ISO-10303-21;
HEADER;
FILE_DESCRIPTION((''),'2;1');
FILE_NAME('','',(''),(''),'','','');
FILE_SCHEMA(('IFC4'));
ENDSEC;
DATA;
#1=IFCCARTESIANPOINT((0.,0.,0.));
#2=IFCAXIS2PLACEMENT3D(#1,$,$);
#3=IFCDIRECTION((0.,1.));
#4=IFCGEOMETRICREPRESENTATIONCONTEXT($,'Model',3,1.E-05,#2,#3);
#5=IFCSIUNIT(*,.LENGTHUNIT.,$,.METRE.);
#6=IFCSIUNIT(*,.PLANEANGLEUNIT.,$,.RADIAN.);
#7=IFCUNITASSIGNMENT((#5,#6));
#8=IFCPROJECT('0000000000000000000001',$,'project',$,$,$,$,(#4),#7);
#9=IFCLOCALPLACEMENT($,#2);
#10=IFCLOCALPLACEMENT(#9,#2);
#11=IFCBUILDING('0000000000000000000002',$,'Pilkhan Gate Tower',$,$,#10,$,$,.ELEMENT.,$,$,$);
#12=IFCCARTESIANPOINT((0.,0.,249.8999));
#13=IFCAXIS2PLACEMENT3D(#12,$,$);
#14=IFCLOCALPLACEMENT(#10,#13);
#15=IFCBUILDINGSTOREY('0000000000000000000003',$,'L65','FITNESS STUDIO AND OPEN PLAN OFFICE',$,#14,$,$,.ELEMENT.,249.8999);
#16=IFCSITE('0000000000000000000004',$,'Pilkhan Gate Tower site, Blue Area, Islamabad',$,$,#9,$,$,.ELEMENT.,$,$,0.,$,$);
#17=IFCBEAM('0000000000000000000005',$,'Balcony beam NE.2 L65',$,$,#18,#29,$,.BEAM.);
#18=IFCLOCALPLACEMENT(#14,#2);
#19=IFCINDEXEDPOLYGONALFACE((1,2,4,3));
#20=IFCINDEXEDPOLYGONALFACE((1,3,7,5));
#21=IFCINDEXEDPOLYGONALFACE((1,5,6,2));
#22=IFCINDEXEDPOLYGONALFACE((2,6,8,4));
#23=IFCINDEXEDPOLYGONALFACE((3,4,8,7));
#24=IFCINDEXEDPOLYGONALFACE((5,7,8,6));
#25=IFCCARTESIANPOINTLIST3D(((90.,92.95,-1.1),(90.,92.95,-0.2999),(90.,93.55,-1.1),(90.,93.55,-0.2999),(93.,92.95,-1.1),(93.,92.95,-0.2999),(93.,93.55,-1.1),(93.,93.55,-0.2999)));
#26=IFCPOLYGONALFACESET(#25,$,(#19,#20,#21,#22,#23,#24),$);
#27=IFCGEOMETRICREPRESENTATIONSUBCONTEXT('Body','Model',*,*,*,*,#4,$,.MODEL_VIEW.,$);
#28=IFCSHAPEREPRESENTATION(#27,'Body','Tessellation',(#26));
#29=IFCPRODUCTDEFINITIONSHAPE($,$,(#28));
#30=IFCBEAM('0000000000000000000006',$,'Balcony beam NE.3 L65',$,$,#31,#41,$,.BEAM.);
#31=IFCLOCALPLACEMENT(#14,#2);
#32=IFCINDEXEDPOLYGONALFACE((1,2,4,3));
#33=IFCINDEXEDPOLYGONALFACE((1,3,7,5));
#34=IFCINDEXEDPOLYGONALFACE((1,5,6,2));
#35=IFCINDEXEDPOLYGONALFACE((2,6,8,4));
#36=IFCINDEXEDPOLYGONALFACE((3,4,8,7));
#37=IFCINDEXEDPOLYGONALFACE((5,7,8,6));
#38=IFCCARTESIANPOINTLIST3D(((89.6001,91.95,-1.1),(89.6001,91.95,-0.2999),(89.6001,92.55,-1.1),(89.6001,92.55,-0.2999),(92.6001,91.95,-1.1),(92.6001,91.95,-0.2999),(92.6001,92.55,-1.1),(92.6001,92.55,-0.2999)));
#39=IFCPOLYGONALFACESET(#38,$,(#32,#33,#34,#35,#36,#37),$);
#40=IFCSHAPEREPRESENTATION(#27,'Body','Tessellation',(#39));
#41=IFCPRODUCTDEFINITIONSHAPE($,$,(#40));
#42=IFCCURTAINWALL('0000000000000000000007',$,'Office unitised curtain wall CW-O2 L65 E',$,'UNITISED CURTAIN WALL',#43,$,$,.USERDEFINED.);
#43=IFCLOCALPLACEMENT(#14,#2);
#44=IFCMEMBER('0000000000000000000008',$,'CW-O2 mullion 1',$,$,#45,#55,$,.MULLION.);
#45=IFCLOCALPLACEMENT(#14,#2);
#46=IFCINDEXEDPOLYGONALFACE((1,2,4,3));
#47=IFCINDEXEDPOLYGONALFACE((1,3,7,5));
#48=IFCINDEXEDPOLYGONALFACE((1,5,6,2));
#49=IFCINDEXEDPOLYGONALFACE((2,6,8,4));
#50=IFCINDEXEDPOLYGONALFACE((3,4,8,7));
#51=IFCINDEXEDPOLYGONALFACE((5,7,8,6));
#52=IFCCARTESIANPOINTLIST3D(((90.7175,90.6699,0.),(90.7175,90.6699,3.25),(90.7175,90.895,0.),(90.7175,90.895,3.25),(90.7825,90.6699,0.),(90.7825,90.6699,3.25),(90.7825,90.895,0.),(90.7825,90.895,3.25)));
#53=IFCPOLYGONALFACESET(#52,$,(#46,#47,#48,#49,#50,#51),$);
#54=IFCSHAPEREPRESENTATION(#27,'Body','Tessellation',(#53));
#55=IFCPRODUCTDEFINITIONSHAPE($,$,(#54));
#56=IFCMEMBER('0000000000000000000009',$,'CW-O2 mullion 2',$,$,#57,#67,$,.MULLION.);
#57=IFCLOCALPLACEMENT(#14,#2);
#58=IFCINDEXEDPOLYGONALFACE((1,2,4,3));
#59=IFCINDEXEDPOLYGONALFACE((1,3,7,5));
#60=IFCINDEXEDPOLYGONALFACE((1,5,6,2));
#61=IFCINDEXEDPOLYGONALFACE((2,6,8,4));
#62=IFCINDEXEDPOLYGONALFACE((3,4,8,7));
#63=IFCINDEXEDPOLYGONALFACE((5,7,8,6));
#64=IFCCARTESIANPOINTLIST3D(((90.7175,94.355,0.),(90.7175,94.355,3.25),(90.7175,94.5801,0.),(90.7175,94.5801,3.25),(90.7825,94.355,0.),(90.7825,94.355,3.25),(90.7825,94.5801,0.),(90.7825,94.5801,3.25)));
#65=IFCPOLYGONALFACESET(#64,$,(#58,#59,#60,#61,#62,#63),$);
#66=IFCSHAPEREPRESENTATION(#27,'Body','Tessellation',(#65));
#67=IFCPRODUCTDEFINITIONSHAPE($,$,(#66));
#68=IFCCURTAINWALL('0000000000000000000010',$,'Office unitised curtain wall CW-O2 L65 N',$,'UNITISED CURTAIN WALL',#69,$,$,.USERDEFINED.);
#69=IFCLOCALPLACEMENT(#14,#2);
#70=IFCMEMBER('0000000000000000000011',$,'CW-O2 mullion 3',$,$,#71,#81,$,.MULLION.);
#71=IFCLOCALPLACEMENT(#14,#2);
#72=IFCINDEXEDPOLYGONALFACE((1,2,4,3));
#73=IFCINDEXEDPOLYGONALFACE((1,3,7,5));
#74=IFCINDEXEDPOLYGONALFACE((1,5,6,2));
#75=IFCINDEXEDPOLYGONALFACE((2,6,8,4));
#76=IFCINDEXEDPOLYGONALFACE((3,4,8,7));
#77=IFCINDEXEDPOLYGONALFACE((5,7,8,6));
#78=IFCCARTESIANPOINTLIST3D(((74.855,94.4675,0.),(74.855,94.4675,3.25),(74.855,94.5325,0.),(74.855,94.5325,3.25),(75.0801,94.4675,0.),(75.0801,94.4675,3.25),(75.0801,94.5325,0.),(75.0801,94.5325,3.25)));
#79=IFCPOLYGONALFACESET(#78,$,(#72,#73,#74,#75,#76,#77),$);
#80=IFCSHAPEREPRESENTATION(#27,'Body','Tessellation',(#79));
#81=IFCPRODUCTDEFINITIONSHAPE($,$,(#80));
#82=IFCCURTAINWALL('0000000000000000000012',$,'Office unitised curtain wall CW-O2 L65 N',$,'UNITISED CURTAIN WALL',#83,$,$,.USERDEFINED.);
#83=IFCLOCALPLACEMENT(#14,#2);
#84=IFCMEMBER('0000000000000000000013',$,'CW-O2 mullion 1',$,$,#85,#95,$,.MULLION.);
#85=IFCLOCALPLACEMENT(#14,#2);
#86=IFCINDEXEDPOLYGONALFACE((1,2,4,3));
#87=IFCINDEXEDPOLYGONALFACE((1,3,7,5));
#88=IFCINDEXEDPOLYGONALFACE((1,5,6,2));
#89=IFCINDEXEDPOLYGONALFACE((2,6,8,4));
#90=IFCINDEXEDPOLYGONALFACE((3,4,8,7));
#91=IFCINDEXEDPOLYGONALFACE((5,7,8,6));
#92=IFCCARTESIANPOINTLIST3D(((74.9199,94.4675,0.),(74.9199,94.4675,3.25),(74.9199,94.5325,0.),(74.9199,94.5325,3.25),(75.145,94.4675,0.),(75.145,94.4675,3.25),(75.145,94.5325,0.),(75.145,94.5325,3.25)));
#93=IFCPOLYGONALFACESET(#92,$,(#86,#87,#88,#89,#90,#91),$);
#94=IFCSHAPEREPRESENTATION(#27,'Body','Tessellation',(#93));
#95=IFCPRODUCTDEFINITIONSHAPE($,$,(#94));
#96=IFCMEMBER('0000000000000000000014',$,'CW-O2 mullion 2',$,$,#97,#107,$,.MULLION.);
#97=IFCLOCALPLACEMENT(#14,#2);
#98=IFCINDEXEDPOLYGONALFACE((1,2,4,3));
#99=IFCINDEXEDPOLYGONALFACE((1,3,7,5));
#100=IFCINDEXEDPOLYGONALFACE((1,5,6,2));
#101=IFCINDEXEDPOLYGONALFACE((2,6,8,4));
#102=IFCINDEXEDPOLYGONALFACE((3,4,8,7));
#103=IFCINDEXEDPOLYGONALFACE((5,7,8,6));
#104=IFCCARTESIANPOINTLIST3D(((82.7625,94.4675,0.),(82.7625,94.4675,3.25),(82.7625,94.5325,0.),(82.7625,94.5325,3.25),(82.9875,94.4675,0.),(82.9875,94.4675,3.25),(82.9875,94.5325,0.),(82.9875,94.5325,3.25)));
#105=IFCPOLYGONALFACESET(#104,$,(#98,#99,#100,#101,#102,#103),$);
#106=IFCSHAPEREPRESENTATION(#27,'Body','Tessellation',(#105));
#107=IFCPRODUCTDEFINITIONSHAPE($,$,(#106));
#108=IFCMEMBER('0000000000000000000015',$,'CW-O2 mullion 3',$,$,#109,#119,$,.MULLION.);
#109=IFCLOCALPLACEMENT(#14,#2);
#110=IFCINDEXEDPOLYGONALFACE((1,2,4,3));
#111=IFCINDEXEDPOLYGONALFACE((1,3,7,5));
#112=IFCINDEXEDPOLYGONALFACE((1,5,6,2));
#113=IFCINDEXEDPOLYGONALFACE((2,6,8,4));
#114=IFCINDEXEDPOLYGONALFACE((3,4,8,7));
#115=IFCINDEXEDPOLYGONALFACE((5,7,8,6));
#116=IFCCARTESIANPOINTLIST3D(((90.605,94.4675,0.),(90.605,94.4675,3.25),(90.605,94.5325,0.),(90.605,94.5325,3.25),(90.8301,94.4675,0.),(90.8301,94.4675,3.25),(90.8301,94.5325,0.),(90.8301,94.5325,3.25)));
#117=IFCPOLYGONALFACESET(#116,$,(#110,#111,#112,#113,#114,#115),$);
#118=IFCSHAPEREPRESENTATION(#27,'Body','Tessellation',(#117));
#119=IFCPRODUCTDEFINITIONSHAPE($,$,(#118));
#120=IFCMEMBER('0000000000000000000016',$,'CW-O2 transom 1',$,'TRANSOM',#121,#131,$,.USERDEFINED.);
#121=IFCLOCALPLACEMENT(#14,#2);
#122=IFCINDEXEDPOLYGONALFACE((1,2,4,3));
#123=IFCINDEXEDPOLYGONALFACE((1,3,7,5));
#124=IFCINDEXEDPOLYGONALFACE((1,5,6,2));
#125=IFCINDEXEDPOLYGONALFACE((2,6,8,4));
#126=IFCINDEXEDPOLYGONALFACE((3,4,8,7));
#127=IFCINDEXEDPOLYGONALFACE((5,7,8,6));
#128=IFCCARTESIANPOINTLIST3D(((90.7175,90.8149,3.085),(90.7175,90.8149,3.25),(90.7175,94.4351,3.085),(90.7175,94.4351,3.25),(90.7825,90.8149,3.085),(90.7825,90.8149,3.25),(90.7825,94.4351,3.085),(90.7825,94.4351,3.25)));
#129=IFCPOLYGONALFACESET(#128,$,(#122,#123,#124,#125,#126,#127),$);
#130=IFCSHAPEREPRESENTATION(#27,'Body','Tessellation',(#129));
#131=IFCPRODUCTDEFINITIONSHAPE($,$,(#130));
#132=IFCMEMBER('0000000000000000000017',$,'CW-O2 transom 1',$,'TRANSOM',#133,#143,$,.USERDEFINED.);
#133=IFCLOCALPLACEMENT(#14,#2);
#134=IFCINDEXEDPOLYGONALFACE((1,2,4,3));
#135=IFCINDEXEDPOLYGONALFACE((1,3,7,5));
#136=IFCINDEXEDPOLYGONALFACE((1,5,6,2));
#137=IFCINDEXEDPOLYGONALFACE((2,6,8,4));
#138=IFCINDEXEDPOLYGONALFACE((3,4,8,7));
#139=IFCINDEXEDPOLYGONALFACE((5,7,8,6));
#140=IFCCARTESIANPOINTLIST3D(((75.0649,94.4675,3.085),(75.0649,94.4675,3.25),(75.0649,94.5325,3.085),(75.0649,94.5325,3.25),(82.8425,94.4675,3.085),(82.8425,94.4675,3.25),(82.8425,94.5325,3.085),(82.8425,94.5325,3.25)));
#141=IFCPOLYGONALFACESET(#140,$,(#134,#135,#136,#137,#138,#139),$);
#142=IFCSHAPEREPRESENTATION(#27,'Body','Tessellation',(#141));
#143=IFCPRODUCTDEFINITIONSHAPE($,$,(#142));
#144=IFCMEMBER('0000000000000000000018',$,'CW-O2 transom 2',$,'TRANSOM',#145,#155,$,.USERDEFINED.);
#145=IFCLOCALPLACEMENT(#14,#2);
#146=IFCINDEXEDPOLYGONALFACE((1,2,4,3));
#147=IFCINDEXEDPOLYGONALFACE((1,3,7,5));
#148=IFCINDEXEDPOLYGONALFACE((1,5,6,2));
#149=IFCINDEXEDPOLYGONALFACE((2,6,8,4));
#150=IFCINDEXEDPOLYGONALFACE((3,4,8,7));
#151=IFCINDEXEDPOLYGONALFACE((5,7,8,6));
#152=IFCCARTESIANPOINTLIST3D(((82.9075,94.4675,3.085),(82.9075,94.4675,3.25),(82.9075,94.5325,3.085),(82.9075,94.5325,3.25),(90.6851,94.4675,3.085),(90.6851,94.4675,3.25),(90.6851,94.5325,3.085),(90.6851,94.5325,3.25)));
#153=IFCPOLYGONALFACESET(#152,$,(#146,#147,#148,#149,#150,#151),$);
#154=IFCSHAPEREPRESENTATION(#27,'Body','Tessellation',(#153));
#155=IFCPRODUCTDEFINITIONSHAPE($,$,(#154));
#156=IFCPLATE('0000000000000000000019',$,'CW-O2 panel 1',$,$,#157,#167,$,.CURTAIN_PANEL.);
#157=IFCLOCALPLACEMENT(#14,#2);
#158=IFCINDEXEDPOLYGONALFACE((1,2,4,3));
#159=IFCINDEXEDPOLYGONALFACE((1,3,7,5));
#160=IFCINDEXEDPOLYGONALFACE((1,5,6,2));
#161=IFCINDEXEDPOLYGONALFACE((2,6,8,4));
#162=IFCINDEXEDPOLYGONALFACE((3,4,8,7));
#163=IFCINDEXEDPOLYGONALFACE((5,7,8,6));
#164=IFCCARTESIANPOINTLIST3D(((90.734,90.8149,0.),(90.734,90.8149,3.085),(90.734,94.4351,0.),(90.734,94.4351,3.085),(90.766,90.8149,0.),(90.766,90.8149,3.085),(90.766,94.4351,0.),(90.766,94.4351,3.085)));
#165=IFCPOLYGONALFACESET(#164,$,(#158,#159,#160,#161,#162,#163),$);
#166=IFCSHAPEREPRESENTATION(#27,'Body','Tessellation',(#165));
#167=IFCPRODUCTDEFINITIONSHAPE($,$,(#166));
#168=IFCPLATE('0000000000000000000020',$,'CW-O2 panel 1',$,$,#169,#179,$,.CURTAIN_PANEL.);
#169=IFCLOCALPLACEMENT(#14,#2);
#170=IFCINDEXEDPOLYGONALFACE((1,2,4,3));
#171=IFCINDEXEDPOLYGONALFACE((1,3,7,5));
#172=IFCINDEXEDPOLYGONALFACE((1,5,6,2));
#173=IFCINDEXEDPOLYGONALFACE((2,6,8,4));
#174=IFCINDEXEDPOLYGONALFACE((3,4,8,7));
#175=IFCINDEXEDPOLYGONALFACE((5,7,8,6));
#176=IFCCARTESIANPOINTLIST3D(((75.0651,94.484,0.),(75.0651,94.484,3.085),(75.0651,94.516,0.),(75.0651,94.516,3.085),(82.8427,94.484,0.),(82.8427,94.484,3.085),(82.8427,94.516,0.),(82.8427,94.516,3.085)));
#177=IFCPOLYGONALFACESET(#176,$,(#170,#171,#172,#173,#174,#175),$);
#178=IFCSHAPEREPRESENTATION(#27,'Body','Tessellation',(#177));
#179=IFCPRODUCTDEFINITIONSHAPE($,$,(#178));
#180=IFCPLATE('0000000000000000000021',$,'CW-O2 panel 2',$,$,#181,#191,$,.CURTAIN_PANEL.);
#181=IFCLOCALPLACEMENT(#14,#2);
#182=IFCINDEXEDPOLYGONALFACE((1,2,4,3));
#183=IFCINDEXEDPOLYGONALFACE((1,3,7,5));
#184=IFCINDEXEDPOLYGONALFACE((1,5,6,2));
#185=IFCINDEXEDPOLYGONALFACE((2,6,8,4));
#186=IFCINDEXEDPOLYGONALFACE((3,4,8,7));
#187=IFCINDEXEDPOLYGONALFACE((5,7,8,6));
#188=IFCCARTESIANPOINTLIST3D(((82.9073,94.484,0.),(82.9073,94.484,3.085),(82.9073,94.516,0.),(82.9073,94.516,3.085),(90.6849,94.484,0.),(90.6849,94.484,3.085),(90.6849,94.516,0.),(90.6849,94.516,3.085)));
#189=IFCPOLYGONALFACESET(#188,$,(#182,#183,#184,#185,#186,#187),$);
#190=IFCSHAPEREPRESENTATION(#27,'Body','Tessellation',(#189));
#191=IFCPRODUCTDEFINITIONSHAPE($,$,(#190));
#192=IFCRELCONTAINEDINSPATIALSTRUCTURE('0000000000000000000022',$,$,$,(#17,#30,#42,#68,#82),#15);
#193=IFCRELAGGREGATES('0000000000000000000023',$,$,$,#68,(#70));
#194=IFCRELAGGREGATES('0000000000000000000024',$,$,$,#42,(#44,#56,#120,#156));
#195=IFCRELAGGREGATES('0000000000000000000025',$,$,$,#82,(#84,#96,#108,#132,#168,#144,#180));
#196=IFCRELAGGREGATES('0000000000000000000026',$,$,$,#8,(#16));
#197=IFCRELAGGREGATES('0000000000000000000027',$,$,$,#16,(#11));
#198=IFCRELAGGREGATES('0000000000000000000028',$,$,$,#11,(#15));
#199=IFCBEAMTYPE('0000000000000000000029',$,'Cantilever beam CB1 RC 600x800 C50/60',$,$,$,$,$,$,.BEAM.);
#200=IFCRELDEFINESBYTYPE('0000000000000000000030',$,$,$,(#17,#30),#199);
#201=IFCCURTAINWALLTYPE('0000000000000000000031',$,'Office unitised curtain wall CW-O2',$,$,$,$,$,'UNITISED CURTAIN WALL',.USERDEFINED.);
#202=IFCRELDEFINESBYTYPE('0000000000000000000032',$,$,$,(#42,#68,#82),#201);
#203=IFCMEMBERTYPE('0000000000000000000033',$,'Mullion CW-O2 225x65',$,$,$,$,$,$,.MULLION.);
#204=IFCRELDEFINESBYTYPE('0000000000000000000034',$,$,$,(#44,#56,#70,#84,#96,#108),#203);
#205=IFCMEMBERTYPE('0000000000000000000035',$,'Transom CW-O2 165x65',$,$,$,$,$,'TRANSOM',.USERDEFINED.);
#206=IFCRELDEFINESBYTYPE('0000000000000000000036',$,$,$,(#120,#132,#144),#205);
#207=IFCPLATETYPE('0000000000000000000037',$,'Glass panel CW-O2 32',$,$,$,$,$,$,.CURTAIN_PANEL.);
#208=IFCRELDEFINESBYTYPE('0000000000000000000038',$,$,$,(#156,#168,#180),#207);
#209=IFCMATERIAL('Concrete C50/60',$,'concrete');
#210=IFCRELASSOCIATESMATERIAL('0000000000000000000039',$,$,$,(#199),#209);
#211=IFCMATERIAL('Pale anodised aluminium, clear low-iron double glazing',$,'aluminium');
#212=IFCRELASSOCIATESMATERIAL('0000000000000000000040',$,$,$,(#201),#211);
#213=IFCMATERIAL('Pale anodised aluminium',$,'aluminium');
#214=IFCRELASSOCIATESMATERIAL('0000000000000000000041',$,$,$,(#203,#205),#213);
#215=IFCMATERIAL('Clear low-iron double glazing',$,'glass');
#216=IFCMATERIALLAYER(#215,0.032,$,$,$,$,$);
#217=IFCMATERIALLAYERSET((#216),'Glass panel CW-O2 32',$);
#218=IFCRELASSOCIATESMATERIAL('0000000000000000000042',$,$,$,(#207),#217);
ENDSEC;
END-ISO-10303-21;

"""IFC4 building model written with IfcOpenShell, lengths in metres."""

from ifc_helpers import new_model, si_unit, direction, frame, origin, origin_2d, place, context, subcontext, project, spatial, rectangle, extrude, material, layer, layer_set, material_profile, profile_set, type_object, element, aggregate, save


model = new_model("IFC4")

# Units and contexts
model_context = context("Model", 3, precision=1e-05, world=origin(), true_north=direction((0.0, 1.0)))
body_context = subcontext(model_context, "Body", "Model", "MODEL_VIEW")
ifc_project = project(units=[si_unit("LENGTHUNIT", "METRE"), si_unit("PLANEANGLEUNIT", "RADIAN")], contexts=[model_context])

# Site, building, storey
site_placement = place(None, origin())
site = spatial("IfcSite", under=ifc_project, at=site_placement, Name="Pilkhan Gate Tower site, Blue Area, Islamabad", CompositionType="ELEMENT", RefElevation=0.0)
building_placement = place(site_placement, origin())
building = spatial("IfcBuilding", under=site, at=building_placement, Name="Pilkhan Gate Tower", CompositionType="ELEMENT")
storey_placement = place(building_placement, frame((0.0, 0.0, 249.8999)))
storey = spatial("IfcBuildingStorey", under=building, at=storey_placement, Name="L65", Description="FITNESS STUDIO AND OPEN PLAN OFFICE", CompositionType="ELEMENT", Elevation=249.8999)

# Beams
ifc_material_1 = material(Name="Concrete C50/60", Category="concrete")
ifc_material_profile_1 = material_profile(ifc_material_1, rectangle(XDim=0.6001, YDim=0.8, at=origin_2d()), Name="RC 600x800")
ifc_profile_set_1 = profile_set([ifc_material_profile_1], Name="Concrete C50/60")
beam_type = type_object("IfcBeamType", Name="Cantilever beam CB1 RC 600x800 C50/60", PredefinedType="BEAM", material=ifc_profile_set_1)
for number, where, z_axis, x_axis, name in (
    (1, (90.0, 93.25, -0.7), (1.0, 0.0, 0.0), (0.0, 1.0, 0.0), "Balcony beam NE.2 L65"),
    (2, (89.6001, 92.25, -0.7), (1.0, 0.0, 0.0), (0.0, 1.0, 0.0), "Balcony beam NE.3 L65"),
):
    element("IfcBeam", number, at=place(storey_placement, frame(where, z_axis=z_axis, x_axis=x_axis)), inside=storey, type_object=beam_type, Name=name, PredefinedType="BEAM", context=body_context, shape_type="SweptSolid", body=[
        extrude(rectangle(XDim=0.6001, YDim=0.8, at=origin_2d()), origin(), (0.0, 0.0, 1.0), 3.0),
    ])

# Curtain wall, members
ifc_material_2 = material(Name="Pale anodised aluminium, clear low-iron double glazing", Category="aluminium")
curtain_wall_type = type_object("IfcCurtainWallType", Name="Office unitised curtain wall CW-O2", ElementType="UNITISED CURTAIN WALL", PredefinedType="USERDEFINED", material=ifc_material_2)
curtain_wall_1_placement = place(storey_placement, origin())
curtain_wall_1 = element("IfcCurtainWall", 3, at=curtain_wall_1_placement, inside=storey, type_object=curtain_wall_type, Name="Office unitised curtain wall CW-O2 L65 E", ObjectType="UNITISED CURTAIN WALL", PredefinedType="USERDEFINED")
ifc_material_3 = material(Name="Pale anodised aluminium", Category="aluminium")
ifc_material_profile_2 = material_profile(ifc_material_3, rectangle(XDim=0.0649, YDim=0.2251, at=origin_2d()), Name="Mullion 225x65")
ifc_profile_set_2 = profile_set([ifc_material_profile_2], Name="Pale anodised aluminium")
member_type_1 = type_object("IfcMemberType", Name="Mullion CW-O2 225x65", PredefinedType="MULLION", material=ifc_profile_set_2)
member_1_placement = place(storey_placement, frame((90.75, 90.7825, 0.0), z_axis=(0.0, 0.0, 1.0), x_axis=(-1.0, 0.0, 0.0)))
member_1 = element("IfcMember", 4, at=member_1_placement, type_object=member_type_1, Name="CW-O2 mullion 1", PredefinedType="MULLION", context=body_context, shape_type="SweptSolid", body=[
    extrude(rectangle(XDim=0.0649, YDim=0.2251, at=origin_2d()), origin(), (0.0, 0.0, 1.0), 3.25),
])
member_2_placement = place(storey_placement, frame((90.75, 94.4675, 0.0), z_axis=(0.0, 0.0, 1.0), x_axis=(-1.0, 0.0, 0.0)))
member_2 = element("IfcMember", 5, at=member_2_placement, type_object=member_type_1, Name="CW-O2 mullion 2", PredefinedType="MULLION", context=body_context, shape_type="SweptSolid", body=[
    extrude(rectangle(XDim=0.0649, YDim=0.2251, at=origin_2d()), origin(), (0.0, 0.0, 1.0), 3.25),
])

# Curtain wall, member
curtain_wall_2_placement = place(storey_placement, origin())
curtain_wall_2 = element("IfcCurtainWall", 6, at=curtain_wall_2_placement, inside=storey, type_object=curtain_wall_type, Name="Office unitised curtain wall CW-O2 L65 N", ObjectType="UNITISED CURTAIN WALL", PredefinedType="USERDEFINED")
member_3_placement = place(storey_placement, frame((74.9675, 94.5, 0.0), z_axis=(0.0, 0.0, 1.0), x_axis=(0.0, 1.0, 0.0)))
member_3 = element("IfcMember", 7, at=member_3_placement, type_object=member_type_1, Name="CW-O2 mullion 3", PredefinedType="MULLION", context=body_context, shape_type="SweptSolid", body=[
    extrude(rectangle(XDim=0.0649, YDim=0.2251, at=origin_2d()), origin(), (0.0, 0.0, 1.0), 3.25),
])
aggregate(curtain_wall_2, [member_3])

# Curtain wall, members
curtain_wall_3_placement = place(storey_placement, origin())
curtain_wall_3 = element("IfcCurtainWall", 8, at=curtain_wall_3_placement, inside=storey, type_object=curtain_wall_type, Name="Office unitised curtain wall CW-O2 L65 N", ObjectType="UNITISED CURTAIN WALL", PredefinedType="USERDEFINED")
member_4_placement = place(storey_placement, frame((75.0325, 94.5, 0.0), z_axis=(0.0, 0.0, 1.0), x_axis=(0.0, 1.0, 0.0)))
member_4 = element("IfcMember", 9, at=member_4_placement, type_object=member_type_1, Name="CW-O2 mullion 1", PredefinedType="MULLION", context=body_context, shape_type="SweptSolid", body=[
    extrude(rectangle(XDim=0.0649, YDim=0.2251, at=origin_2d()), origin(), (0.0, 0.0, 1.0), 3.25),
])
member_5_placement = place(storey_placement, frame((82.875, 94.5, 0.0), z_axis=(0.0, 0.0, 1.0), x_axis=(0.0, 1.0, 0.0)))
member_5 = element("IfcMember", 10, at=member_5_placement, type_object=member_type_1, Name="CW-O2 mullion 2", PredefinedType="MULLION", context=body_context, shape_type="SweptSolid", body=[
    extrude(rectangle(XDim=0.0649, YDim=0.2251, at=origin_2d()), origin(), (0.0, 0.0, 1.0), 3.25),
])
member_6_placement = place(storey_placement, frame((90.7175, 94.5, 0.0), z_axis=(0.0, 0.0, 1.0), x_axis=(0.0, 1.0, 0.0)))
member_6 = element("IfcMember", 11, at=member_6_placement, type_object=member_type_1, Name="CW-O2 mullion 3", PredefinedType="MULLION", context=body_context, shape_type="SweptSolid", body=[
    extrude(rectangle(XDim=0.0649, YDim=0.2251, at=origin_2d()), origin(), (0.0, 0.0, 1.0), 3.25),
])

# Members
ifc_material_profile_3 = material_profile(ifc_material_3, rectangle(XDim=0.0649, YDim=0.165, at=origin_2d()), Name="Transom 165x65")
ifc_profile_set_3 = profile_set([ifc_material_profile_3], Name="Pale anodised aluminium")
member_type_2 = type_object("IfcMemberType", Name="Transom CW-O2 165x65", ElementType="TRANSOM", PredefinedType="USERDEFINED", material=ifc_profile_set_3)
member_7_placement = place(storey_placement, frame((90.75, 90.8149, 3.1675), z_axis=(0.0, 1.0, 0.0), x_axis=(-1.0, 0.0, 0.0)))
member_7 = element("IfcMember", 12, at=member_7_placement, type_object=member_type_2, Name="CW-O2 transom 1", ObjectType="TRANSOM", PredefinedType="USERDEFINED", context=body_context, shape_type="SweptSolid", body=[
    extrude(rectangle(XDim=0.0649, YDim=0.165, at=origin_2d()), origin(), (0.0, 0.0, 1.0), 3.6201),
])
member_8_placement = place(storey_placement, frame((75.0649, 94.5, 3.1675), z_axis=(1.0, 0.0, 0.0), x_axis=(0.0, 1.0, 0.0)))
member_8 = element("IfcMember", 13, at=member_8_placement, type_object=member_type_2, Name="CW-O2 transom 1", ObjectType="TRANSOM", PredefinedType="USERDEFINED", context=body_context, shape_type="SweptSolid", body=[
    extrude(rectangle(XDim=0.0649, YDim=0.165, at=origin_2d()), origin(), (0.0, 0.0, 1.0), 7.7776),
])
member_9_placement = place(storey_placement, frame((82.9075, 94.5, 3.1675), z_axis=(1.0, 0.0, 0.0), x_axis=(0.0, 1.0, 0.0)))
member_9 = element("IfcMember", 14, at=member_9_placement, type_object=member_type_2, Name="CW-O2 transom 2", ObjectType="TRANSOM", PredefinedType="USERDEFINED", context=body_context, shape_type="SweptSolid", body=[
    extrude(rectangle(XDim=0.0649, YDim=0.165, at=origin_2d()), origin(), (0.0, 0.0, 1.0), 7.7776),
])

# Plates
ifc_material_4 = material(Name="Clear low-iron double glazing", Category="glass")
ifc_layer_1 = layer(ifc_material_4, 0.032)
ifc_layer_set_1 = layer_set([ifc_layer_1], Name="Glass panel CW-O2 32")
plate_type = type_object("IfcPlateType", Name="Glass panel CW-O2 32", PredefinedType="CURTAIN_PANEL", material=ifc_layer_set_1)
plate_1_placement = place(storey_placement, frame((90.75, 92.625, 0.0), z_axis=(0.0, 0.0, 1.0), x_axis=(0.0, 1.0, 0.0)))
plate_1 = element("IfcPlate", 15, at=plate_1_placement, type_object=plate_type, Name="CW-O2 panel 1", PredefinedType="CURTAIN_PANEL", context=body_context, shape_type="SweptSolid", body=[
    extrude(rectangle(XDim=3.6201, YDim=0.032, at=origin_2d()), origin(), (0.0, 0.0, 1.0), 3.085),
])
aggregate(curtain_wall_1, [member_1, member_2, member_7, plate_1])
plate_2_placement = place(storey_placement, frame((78.9539, 94.5, 0.0), z_axis=(0.0, 0.0, 1.0), x_axis=(1.0, 0.0, 0.0)))
plate_2 = element("IfcPlate", 16, at=plate_2_placement, type_object=plate_type, Name="CW-O2 panel 1", PredefinedType="CURTAIN_PANEL", context=body_context, shape_type="SweptSolid", body=[
    extrude(rectangle(XDim=7.7776, YDim=0.032, at=origin_2d()), origin(), (0.0, 0.0, 1.0), 3.085),
])
plate_3_placement = place(storey_placement, frame((86.7961, 94.5, 0.0), z_axis=(0.0, 0.0, 1.0), x_axis=(1.0, 0.0, 0.0)))
plate_3 = element("IfcPlate", 17, at=plate_3_placement, type_object=plate_type, Name="CW-O2 panel 2", PredefinedType="CURTAIN_PANEL", context=body_context, shape_type="SweptSolid", body=[
    extrude(rectangle(XDim=7.7776, YDim=0.032, at=origin_2d()), origin(), (0.0, 0.0, 1.0), 3.085),
])
aggregate(curtain_wall_3, [member_4, member_5, member_6, member_8, plate_2, member_9, plate_3])

save(model, "model.ifc")
